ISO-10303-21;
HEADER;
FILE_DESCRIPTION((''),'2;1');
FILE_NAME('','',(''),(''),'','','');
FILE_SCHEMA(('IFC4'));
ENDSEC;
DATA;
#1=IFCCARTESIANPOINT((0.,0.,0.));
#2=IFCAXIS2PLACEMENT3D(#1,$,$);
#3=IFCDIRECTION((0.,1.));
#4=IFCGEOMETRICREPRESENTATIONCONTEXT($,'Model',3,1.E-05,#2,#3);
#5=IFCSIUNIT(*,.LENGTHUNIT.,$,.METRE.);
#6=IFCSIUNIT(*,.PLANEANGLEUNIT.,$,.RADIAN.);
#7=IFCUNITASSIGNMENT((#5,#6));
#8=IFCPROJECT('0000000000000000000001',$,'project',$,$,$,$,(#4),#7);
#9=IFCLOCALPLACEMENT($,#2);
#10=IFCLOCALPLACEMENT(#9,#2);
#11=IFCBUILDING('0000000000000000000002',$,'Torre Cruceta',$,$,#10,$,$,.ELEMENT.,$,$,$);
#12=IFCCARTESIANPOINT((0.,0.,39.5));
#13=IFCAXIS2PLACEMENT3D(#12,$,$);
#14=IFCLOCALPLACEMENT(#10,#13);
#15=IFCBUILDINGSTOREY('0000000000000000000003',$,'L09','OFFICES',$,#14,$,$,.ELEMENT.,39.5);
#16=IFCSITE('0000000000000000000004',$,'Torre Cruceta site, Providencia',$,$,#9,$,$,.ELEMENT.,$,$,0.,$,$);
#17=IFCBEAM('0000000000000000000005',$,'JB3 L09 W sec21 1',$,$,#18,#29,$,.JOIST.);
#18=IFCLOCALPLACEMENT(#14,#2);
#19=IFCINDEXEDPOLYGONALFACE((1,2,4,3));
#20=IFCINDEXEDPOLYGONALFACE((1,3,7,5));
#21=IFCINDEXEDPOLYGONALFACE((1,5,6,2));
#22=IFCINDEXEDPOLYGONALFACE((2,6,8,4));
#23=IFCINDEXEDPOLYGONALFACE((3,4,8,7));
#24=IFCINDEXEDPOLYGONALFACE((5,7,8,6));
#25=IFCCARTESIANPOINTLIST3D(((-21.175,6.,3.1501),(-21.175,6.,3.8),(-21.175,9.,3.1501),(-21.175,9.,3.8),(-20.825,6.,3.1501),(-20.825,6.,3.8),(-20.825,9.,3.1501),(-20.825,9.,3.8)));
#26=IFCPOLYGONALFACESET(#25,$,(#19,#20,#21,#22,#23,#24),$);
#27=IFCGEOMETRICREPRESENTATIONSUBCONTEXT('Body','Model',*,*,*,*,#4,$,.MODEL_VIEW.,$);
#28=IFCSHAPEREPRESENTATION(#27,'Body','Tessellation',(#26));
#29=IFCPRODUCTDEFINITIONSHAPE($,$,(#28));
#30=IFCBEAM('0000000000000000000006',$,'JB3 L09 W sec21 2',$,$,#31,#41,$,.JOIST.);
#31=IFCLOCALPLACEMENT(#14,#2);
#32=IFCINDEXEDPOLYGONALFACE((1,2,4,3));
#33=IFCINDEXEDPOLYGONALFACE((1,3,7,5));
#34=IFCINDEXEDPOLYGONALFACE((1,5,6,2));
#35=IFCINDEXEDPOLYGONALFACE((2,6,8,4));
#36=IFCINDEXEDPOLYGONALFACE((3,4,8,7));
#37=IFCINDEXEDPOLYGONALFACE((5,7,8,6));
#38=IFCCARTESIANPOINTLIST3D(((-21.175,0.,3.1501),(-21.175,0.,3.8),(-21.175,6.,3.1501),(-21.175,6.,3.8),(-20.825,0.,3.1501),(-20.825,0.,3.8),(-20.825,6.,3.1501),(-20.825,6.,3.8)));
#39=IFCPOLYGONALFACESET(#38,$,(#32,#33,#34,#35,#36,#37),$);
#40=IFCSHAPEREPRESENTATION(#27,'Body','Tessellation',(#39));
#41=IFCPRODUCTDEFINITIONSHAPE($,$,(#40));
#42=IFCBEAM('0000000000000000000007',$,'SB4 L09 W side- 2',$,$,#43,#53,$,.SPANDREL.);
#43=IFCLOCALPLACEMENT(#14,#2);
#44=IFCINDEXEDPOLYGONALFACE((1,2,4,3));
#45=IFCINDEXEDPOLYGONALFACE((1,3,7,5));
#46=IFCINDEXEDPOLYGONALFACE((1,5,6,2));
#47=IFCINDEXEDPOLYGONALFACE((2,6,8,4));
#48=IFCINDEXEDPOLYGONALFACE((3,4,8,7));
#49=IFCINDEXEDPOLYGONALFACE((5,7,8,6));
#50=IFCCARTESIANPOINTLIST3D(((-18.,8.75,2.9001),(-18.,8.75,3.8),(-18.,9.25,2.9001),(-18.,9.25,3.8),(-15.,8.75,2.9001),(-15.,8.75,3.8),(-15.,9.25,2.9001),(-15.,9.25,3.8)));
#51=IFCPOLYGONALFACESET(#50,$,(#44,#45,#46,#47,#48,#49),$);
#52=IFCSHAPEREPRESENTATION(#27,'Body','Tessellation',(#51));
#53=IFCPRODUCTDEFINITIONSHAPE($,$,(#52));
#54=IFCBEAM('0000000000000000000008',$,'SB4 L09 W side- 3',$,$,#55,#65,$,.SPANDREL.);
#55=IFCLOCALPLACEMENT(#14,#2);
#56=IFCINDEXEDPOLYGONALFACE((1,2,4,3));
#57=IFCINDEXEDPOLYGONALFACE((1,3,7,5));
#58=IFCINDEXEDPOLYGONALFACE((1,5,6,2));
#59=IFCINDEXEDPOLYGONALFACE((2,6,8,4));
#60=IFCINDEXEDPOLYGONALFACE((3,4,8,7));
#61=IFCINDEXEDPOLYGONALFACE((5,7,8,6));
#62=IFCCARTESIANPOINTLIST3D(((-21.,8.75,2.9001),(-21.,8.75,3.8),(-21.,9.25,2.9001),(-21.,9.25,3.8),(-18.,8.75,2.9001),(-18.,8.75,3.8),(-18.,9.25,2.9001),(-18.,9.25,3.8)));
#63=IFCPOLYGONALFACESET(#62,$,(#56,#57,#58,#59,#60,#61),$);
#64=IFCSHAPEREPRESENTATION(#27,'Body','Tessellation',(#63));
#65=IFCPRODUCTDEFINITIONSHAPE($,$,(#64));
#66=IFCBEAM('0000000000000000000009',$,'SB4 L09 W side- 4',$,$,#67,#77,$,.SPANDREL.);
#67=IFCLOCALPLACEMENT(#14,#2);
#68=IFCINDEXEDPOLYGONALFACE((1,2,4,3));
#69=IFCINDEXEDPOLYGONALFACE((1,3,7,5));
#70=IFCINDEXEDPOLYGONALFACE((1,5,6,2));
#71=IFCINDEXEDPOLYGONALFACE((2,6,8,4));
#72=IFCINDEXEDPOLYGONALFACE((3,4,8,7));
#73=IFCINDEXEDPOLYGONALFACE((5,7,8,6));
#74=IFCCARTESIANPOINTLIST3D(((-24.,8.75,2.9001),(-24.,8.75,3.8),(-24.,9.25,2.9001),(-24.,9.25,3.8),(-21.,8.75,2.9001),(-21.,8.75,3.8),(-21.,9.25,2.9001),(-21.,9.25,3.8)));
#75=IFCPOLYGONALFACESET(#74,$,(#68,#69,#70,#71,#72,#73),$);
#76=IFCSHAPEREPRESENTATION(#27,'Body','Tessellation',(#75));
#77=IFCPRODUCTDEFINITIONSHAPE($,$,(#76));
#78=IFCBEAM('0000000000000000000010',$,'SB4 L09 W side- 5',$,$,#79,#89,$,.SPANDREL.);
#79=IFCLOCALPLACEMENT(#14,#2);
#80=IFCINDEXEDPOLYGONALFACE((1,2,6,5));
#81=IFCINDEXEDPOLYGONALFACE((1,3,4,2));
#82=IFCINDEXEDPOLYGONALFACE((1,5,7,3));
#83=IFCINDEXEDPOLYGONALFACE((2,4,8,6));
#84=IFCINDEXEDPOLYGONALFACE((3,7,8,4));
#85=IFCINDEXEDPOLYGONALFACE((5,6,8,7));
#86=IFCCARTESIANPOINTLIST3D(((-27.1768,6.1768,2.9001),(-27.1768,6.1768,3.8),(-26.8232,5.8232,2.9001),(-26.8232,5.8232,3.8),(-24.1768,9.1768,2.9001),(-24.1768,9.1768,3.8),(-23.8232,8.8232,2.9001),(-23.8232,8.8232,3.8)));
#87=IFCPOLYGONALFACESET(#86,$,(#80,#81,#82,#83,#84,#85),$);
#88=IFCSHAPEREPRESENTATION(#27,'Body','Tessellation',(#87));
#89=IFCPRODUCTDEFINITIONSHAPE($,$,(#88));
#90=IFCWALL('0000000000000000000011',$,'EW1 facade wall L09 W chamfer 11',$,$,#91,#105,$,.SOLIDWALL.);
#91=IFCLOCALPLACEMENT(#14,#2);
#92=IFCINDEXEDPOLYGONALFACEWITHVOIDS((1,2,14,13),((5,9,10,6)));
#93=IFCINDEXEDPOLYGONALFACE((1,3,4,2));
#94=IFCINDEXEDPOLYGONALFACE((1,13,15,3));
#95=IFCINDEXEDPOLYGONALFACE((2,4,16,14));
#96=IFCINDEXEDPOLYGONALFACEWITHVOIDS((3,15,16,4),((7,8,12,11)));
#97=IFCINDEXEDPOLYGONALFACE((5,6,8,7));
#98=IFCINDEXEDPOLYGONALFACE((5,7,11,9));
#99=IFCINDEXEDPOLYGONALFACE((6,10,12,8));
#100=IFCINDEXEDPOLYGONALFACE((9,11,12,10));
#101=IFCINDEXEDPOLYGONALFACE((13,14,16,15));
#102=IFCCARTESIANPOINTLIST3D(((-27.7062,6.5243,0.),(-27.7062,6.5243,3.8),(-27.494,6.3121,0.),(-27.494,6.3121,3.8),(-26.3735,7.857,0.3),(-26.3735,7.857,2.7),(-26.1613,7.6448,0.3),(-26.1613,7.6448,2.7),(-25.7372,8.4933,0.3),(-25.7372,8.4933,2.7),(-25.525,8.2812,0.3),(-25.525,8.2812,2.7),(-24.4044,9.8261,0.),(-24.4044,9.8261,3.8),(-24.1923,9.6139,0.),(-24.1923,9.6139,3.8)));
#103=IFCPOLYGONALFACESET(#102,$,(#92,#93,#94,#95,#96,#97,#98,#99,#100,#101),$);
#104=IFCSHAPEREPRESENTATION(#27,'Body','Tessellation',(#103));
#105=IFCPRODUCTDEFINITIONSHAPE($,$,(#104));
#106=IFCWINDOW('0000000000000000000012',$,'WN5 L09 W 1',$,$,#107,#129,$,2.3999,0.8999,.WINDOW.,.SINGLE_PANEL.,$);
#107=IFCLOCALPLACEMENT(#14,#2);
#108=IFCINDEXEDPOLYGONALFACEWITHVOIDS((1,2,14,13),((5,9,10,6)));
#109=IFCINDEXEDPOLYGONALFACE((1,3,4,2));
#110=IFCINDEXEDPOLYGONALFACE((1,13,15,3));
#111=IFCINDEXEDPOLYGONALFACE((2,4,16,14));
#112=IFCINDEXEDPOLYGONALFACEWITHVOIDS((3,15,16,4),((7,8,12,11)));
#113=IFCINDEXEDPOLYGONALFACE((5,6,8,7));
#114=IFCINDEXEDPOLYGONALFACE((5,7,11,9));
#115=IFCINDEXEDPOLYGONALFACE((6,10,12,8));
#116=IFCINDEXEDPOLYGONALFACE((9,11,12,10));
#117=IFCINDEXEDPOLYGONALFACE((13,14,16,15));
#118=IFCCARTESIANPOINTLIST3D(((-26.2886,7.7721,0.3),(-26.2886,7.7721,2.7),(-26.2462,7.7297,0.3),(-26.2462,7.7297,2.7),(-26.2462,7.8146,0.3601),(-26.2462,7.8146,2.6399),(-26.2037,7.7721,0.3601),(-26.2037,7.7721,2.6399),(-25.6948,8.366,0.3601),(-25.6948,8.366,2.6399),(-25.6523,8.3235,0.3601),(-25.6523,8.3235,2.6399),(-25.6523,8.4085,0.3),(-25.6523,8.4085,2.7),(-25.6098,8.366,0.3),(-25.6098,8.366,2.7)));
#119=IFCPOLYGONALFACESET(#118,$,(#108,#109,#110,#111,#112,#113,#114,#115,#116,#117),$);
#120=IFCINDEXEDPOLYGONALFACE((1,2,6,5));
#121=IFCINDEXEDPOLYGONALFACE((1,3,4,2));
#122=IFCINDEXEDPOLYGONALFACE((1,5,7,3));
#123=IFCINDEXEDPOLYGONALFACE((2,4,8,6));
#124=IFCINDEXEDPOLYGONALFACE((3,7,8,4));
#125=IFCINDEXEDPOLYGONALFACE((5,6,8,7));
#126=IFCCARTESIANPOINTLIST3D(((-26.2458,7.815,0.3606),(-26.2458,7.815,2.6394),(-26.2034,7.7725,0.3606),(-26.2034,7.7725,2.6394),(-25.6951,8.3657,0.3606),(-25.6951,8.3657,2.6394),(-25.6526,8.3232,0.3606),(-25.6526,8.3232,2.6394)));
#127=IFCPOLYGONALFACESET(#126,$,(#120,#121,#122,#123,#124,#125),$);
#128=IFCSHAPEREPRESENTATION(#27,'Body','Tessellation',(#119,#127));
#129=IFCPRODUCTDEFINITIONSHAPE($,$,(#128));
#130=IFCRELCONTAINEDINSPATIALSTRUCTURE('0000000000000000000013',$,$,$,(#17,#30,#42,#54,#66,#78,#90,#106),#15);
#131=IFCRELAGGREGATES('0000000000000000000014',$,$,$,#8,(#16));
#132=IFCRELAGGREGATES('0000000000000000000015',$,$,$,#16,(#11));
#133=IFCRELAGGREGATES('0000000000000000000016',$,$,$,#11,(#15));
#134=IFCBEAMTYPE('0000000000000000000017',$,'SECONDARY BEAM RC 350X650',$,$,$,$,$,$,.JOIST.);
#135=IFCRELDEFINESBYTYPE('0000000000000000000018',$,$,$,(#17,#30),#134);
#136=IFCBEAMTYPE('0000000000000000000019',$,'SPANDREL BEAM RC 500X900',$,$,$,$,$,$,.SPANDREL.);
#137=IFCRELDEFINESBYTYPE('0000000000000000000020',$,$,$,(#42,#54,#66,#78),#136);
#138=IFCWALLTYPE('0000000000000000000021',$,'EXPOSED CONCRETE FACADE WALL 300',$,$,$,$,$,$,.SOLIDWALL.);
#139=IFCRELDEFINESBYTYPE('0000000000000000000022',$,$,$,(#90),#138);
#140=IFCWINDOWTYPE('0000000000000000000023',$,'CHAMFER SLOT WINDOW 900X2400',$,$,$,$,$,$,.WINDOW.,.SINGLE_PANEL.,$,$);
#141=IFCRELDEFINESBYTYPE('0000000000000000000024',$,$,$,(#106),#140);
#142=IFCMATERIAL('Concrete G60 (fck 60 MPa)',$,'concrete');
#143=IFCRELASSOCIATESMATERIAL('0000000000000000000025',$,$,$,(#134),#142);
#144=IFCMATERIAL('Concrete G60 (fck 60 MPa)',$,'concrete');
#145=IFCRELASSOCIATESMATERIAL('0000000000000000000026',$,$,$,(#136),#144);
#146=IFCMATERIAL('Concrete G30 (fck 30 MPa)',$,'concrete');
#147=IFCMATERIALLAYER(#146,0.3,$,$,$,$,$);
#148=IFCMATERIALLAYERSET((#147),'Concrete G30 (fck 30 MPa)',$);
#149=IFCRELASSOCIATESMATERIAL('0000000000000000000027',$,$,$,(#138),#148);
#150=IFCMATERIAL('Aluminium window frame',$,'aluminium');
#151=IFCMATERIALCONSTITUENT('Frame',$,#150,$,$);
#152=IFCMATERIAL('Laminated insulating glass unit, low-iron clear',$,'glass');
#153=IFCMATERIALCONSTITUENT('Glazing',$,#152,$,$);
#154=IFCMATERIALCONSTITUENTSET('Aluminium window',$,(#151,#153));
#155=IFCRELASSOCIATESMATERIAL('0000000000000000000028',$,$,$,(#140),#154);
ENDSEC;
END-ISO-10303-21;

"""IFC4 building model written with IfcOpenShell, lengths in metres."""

from ifc_helpers import new_model, si_unit, direction, frame, frame_2d, origin, origin_2d, place, context, subcontext, project, spatial, rectangle, hollow_rectangle, extrude, material, layer, layer_set, constituent, constituent_set, material_profile, profile_set, type_object, element, fill, save


model = new_model("IFC4")

# Units and contexts
model_context = context("Model", 3, precision=1e-05, world=origin(), true_north=direction((0.0, 1.0)))
body_context = subcontext(model_context, "Body", "Model", "MODEL_VIEW")
ifc_project = project(units=[si_unit("LENGTHUNIT", "METRE"), si_unit("PLANEANGLEUNIT", "RADIAN")], contexts=[model_context])

# Site, building, storey
site_placement = place(None, origin())
site = spatial("IfcSite", under=ifc_project, at=site_placement, Name="Torre Cruceta site, Providencia", CompositionType="ELEMENT", RefElevation=0.0)
building_placement = place(site_placement, origin())
building = spatial("IfcBuilding", under=site, at=building_placement, Name="Torre Cruceta", CompositionType="ELEMENT")
storey_placement = place(building_placement, frame((0.0, 0.0, 39.5)))
storey = spatial("IfcBuildingStorey", under=building, at=storey_placement, Name="L09", Description="OFFICES", CompositionType="ELEMENT", Elevation=39.5)

# Beams
ifc_material_1 = material(Name="Concrete G60 (fck 60 MPa)", Category="concrete")
ifc_material_profile_1 = material_profile(ifc_material_1, rectangle(XDim=0.3501, YDim=0.6499, at=origin_2d()), Name="RC 350X650")
ifc_profile_set_1 = profile_set([ifc_material_profile_1], Name="Concrete G60 (fck 60 MPa)")
beam_type_1 = type_object("IfcBeamType", Name="SECONDARY BEAM RC 350X650", PredefinedType="JOIST", material=ifc_profile_set_1)
beam_1_placement = place(storey_placement, frame((-21.0, 9.0, 3.4751), z_axis=(0.0, -1.0, 0.0), x_axis=(1.0, 0.0, 0.0)))
element("IfcBeam", 1, at=beam_1_placement, inside=storey, type_object=beam_type_1, Name="JB3 L09 W sec21 1", PredefinedType="JOIST", context=body_context, shape_type="SweptSolid", body=[
    extrude(rectangle(XDim=0.3501, YDim=0.6499, at=origin_2d()), origin(), (0.0, 0.0, 1.0), 3.0),
])
beam_2_placement = place(storey_placement, frame((-21.0, 6.0, 3.4751), z_axis=(0.0, -1.0, 0.0), x_axis=(1.0, 0.0, 0.0)))
element("IfcBeam", 2, at=beam_2_placement, inside=storey, type_object=beam_type_1, Name="JB3 L09 W sec21 2", PredefinedType="JOIST", context=body_context, shape_type="SweptSolid", body=[
    extrude(rectangle(XDim=0.3501, YDim=0.6499, at=origin_2d()), origin(), (0.0, 0.0, 1.0), 6.0),
])
ifc_material_2 = material(Name="Concrete G60 (fck 60 MPa)", Category="concrete")
ifc_material_profile_2 = material_profile(ifc_material_2, rectangle(XDim=0.5, YDim=0.8999, at=origin_2d()), Name="RC 500X900")
ifc_profile_set_2 = profile_set([ifc_material_profile_2], Name="Concrete G60 (fck 60 MPa)")
beam_type_2 = type_object("IfcBeamType", Name="SPANDREL BEAM RC 500X900", PredefinedType="SPANDREL", material=ifc_profile_set_2)
for number, where, z_axis, x_axis, name in (
    (3, (-15.0, 9.0, 3.3501), (-1.0, 0.0, 0.0), (0.0, -1.0, 0.0), "SB4 L09 W side- 2"),
    (4, (-18.0, 9.0, 3.3501), (-1.0, 0.0, 0.0), (0.0, -1.0, 0.0), "SB4 L09 W side- 3"),
    (5, (-21.0, 9.0, 3.3501), (-1.0, 0.0, 0.0), (0.0, -1.0, 0.0), "SB4 L09 W side- 4"),
):
    element("IfcBeam", number, at=place(storey_placement, frame(where, z_axis=z_axis, x_axis=x_axis)), inside=storey, type_object=beam_type_2, Name=name, PredefinedType="SPANDREL", context=body_context, shape_type="SweptSolid", body=[
        extrude(rectangle(XDim=0.5, YDim=0.8999, at=origin_2d()), origin(), (0.0, 0.0, 1.0), 3.0),
    ])
beam_3_placement = place(storey_placement, frame((-24.0, 9.0, 3.3501), z_axis=(-0.707107, -0.707107, 0.0), x_axis=(0.707107, -0.707107, 0.0)))
element("IfcBeam", 6, at=beam_3_placement, inside=storey, type_object=beam_type_2, Name="SB4 L09 W side- 5", PredefinedType="SPANDREL", context=body_context, shape_type="SweptSolid", body=[
    extrude(rectangle(XDim=0.5, YDim=0.8999, at=origin_2d()), origin(), (0.0, 0.0, 1.0), 4.2427),
])

# Wall, opening, window
ifc_material_3 = material(Name="Concrete G30 (fck 30 MPa)", Category="concrete")
ifc_layer_1 = layer(ifc_material_3, 0.3)
ifc_layer_set_1 = layer_set([ifc_layer_1], Name="Concrete G30 (fck 30 MPa)")
wall_type_1 = type_object("IfcWallType", Name="EXPOSED CONCRETE FACADE WALL 300", PredefinedType="SOLIDWALL", material=ifc_layer_set_1)
wall_1_placement = place(storey_placement, frame((-24.2983, 9.72, 0.0), z_axis=(0.0, 0.0, 1.0), x_axis=(-0.707107, -0.707107, 0.0)))
wall_1 = element("IfcWall", 7, at=wall_1_placement, inside=storey, type_object=wall_type_1, Name="EW1 facade wall L09 W chamfer 11", PredefinedType="SOLIDWALL", context=body_context, shape_type="SweptSolid", body=[
    extrude(rectangle(XDim=4.6694, YDim=0.3, at=frame_2d((2.3347, 0.0))), origin(), (0.0, 0.0, 1.0), 3.8),
])
opening_1_placement = place(wall_1_placement, frame((1.8848, 0.0, 0.3)))
opening_1 = element("IfcOpeningElement", 8, at=opening_1_placement, cuts=wall_1, PredefinedType="OPENING", context=body_context, shape_type="SweptSolid", body=[
    extrude(rectangle(XDim=0.8999, YDim=2.3999, at=frame_2d((0.45, 1.2))), frame((0.0, 0.1599, 0.0), z_axis=(0.0, -1.0, 0.0), x_axis=(1.0, 0.0, 0.0)), (0.0, 0.0, 1.0), 0.3201),
])
ifc_material_4 = material(Name="Aluminium window frame", Category="aluminium")
ifc_constituent_1 = constituent(ifc_material_4, Name="Frame")
ifc_material_5 = material(Name="Laminated insulating glass unit, low-iron clear", Category="glass")
ifc_constituent_2 = constituent(ifc_material_5, Name="Glazing")
ifc_constituent_set_1 = constituent_set(constituents=[ifc_constituent_1, ifc_constituent_2], Name="Aluminium window")
window_type_1 = type_object("IfcWindowType", Name="CHAMFER SLOT WINDOW 900X2400", PartitioningType="SINGLE_PANEL", PredefinedType="WINDOW", material=ifc_constituent_set_1)
window_1_placement = place(opening_1_placement, origin())
window_1 = element("IfcWindow", 9, at=window_1_placement, inside=storey, type_object=window_type_1, Name="WN5 L09 W 1", OverallHeight=2.3999, OverallWidth=0.8999, PartitioningType="SINGLE_PANEL", PredefinedType="WINDOW", context=body_context, shape_type="SweptSolid", body=[
    extrude(hollow_rectangle(XDim=0.8999, YDim=2.3999, WallThickness=0.0601, at=frame_2d((0.45, 1.2))), frame((0.0, 0.03, 0.0), z_axis=(0.0, -1.0, 0.0), x_axis=(1.0, 0.0, 0.0)), (0.0, 0.0, 1.0), 0.0601),
    extrude(rectangle(XDim=0.7788, YDim=2.2788, at=frame_2d((0.45, 1.2))), frame((0.0, 0.03, 0.0), z_axis=(0.0, -1.0, 0.0), x_axis=(1.0, 0.0, 0.0)), (0.0, 0.0, 1.0), 0.0601),
])
fill(opening_1, window_1)

save(model, "model.ifc")
